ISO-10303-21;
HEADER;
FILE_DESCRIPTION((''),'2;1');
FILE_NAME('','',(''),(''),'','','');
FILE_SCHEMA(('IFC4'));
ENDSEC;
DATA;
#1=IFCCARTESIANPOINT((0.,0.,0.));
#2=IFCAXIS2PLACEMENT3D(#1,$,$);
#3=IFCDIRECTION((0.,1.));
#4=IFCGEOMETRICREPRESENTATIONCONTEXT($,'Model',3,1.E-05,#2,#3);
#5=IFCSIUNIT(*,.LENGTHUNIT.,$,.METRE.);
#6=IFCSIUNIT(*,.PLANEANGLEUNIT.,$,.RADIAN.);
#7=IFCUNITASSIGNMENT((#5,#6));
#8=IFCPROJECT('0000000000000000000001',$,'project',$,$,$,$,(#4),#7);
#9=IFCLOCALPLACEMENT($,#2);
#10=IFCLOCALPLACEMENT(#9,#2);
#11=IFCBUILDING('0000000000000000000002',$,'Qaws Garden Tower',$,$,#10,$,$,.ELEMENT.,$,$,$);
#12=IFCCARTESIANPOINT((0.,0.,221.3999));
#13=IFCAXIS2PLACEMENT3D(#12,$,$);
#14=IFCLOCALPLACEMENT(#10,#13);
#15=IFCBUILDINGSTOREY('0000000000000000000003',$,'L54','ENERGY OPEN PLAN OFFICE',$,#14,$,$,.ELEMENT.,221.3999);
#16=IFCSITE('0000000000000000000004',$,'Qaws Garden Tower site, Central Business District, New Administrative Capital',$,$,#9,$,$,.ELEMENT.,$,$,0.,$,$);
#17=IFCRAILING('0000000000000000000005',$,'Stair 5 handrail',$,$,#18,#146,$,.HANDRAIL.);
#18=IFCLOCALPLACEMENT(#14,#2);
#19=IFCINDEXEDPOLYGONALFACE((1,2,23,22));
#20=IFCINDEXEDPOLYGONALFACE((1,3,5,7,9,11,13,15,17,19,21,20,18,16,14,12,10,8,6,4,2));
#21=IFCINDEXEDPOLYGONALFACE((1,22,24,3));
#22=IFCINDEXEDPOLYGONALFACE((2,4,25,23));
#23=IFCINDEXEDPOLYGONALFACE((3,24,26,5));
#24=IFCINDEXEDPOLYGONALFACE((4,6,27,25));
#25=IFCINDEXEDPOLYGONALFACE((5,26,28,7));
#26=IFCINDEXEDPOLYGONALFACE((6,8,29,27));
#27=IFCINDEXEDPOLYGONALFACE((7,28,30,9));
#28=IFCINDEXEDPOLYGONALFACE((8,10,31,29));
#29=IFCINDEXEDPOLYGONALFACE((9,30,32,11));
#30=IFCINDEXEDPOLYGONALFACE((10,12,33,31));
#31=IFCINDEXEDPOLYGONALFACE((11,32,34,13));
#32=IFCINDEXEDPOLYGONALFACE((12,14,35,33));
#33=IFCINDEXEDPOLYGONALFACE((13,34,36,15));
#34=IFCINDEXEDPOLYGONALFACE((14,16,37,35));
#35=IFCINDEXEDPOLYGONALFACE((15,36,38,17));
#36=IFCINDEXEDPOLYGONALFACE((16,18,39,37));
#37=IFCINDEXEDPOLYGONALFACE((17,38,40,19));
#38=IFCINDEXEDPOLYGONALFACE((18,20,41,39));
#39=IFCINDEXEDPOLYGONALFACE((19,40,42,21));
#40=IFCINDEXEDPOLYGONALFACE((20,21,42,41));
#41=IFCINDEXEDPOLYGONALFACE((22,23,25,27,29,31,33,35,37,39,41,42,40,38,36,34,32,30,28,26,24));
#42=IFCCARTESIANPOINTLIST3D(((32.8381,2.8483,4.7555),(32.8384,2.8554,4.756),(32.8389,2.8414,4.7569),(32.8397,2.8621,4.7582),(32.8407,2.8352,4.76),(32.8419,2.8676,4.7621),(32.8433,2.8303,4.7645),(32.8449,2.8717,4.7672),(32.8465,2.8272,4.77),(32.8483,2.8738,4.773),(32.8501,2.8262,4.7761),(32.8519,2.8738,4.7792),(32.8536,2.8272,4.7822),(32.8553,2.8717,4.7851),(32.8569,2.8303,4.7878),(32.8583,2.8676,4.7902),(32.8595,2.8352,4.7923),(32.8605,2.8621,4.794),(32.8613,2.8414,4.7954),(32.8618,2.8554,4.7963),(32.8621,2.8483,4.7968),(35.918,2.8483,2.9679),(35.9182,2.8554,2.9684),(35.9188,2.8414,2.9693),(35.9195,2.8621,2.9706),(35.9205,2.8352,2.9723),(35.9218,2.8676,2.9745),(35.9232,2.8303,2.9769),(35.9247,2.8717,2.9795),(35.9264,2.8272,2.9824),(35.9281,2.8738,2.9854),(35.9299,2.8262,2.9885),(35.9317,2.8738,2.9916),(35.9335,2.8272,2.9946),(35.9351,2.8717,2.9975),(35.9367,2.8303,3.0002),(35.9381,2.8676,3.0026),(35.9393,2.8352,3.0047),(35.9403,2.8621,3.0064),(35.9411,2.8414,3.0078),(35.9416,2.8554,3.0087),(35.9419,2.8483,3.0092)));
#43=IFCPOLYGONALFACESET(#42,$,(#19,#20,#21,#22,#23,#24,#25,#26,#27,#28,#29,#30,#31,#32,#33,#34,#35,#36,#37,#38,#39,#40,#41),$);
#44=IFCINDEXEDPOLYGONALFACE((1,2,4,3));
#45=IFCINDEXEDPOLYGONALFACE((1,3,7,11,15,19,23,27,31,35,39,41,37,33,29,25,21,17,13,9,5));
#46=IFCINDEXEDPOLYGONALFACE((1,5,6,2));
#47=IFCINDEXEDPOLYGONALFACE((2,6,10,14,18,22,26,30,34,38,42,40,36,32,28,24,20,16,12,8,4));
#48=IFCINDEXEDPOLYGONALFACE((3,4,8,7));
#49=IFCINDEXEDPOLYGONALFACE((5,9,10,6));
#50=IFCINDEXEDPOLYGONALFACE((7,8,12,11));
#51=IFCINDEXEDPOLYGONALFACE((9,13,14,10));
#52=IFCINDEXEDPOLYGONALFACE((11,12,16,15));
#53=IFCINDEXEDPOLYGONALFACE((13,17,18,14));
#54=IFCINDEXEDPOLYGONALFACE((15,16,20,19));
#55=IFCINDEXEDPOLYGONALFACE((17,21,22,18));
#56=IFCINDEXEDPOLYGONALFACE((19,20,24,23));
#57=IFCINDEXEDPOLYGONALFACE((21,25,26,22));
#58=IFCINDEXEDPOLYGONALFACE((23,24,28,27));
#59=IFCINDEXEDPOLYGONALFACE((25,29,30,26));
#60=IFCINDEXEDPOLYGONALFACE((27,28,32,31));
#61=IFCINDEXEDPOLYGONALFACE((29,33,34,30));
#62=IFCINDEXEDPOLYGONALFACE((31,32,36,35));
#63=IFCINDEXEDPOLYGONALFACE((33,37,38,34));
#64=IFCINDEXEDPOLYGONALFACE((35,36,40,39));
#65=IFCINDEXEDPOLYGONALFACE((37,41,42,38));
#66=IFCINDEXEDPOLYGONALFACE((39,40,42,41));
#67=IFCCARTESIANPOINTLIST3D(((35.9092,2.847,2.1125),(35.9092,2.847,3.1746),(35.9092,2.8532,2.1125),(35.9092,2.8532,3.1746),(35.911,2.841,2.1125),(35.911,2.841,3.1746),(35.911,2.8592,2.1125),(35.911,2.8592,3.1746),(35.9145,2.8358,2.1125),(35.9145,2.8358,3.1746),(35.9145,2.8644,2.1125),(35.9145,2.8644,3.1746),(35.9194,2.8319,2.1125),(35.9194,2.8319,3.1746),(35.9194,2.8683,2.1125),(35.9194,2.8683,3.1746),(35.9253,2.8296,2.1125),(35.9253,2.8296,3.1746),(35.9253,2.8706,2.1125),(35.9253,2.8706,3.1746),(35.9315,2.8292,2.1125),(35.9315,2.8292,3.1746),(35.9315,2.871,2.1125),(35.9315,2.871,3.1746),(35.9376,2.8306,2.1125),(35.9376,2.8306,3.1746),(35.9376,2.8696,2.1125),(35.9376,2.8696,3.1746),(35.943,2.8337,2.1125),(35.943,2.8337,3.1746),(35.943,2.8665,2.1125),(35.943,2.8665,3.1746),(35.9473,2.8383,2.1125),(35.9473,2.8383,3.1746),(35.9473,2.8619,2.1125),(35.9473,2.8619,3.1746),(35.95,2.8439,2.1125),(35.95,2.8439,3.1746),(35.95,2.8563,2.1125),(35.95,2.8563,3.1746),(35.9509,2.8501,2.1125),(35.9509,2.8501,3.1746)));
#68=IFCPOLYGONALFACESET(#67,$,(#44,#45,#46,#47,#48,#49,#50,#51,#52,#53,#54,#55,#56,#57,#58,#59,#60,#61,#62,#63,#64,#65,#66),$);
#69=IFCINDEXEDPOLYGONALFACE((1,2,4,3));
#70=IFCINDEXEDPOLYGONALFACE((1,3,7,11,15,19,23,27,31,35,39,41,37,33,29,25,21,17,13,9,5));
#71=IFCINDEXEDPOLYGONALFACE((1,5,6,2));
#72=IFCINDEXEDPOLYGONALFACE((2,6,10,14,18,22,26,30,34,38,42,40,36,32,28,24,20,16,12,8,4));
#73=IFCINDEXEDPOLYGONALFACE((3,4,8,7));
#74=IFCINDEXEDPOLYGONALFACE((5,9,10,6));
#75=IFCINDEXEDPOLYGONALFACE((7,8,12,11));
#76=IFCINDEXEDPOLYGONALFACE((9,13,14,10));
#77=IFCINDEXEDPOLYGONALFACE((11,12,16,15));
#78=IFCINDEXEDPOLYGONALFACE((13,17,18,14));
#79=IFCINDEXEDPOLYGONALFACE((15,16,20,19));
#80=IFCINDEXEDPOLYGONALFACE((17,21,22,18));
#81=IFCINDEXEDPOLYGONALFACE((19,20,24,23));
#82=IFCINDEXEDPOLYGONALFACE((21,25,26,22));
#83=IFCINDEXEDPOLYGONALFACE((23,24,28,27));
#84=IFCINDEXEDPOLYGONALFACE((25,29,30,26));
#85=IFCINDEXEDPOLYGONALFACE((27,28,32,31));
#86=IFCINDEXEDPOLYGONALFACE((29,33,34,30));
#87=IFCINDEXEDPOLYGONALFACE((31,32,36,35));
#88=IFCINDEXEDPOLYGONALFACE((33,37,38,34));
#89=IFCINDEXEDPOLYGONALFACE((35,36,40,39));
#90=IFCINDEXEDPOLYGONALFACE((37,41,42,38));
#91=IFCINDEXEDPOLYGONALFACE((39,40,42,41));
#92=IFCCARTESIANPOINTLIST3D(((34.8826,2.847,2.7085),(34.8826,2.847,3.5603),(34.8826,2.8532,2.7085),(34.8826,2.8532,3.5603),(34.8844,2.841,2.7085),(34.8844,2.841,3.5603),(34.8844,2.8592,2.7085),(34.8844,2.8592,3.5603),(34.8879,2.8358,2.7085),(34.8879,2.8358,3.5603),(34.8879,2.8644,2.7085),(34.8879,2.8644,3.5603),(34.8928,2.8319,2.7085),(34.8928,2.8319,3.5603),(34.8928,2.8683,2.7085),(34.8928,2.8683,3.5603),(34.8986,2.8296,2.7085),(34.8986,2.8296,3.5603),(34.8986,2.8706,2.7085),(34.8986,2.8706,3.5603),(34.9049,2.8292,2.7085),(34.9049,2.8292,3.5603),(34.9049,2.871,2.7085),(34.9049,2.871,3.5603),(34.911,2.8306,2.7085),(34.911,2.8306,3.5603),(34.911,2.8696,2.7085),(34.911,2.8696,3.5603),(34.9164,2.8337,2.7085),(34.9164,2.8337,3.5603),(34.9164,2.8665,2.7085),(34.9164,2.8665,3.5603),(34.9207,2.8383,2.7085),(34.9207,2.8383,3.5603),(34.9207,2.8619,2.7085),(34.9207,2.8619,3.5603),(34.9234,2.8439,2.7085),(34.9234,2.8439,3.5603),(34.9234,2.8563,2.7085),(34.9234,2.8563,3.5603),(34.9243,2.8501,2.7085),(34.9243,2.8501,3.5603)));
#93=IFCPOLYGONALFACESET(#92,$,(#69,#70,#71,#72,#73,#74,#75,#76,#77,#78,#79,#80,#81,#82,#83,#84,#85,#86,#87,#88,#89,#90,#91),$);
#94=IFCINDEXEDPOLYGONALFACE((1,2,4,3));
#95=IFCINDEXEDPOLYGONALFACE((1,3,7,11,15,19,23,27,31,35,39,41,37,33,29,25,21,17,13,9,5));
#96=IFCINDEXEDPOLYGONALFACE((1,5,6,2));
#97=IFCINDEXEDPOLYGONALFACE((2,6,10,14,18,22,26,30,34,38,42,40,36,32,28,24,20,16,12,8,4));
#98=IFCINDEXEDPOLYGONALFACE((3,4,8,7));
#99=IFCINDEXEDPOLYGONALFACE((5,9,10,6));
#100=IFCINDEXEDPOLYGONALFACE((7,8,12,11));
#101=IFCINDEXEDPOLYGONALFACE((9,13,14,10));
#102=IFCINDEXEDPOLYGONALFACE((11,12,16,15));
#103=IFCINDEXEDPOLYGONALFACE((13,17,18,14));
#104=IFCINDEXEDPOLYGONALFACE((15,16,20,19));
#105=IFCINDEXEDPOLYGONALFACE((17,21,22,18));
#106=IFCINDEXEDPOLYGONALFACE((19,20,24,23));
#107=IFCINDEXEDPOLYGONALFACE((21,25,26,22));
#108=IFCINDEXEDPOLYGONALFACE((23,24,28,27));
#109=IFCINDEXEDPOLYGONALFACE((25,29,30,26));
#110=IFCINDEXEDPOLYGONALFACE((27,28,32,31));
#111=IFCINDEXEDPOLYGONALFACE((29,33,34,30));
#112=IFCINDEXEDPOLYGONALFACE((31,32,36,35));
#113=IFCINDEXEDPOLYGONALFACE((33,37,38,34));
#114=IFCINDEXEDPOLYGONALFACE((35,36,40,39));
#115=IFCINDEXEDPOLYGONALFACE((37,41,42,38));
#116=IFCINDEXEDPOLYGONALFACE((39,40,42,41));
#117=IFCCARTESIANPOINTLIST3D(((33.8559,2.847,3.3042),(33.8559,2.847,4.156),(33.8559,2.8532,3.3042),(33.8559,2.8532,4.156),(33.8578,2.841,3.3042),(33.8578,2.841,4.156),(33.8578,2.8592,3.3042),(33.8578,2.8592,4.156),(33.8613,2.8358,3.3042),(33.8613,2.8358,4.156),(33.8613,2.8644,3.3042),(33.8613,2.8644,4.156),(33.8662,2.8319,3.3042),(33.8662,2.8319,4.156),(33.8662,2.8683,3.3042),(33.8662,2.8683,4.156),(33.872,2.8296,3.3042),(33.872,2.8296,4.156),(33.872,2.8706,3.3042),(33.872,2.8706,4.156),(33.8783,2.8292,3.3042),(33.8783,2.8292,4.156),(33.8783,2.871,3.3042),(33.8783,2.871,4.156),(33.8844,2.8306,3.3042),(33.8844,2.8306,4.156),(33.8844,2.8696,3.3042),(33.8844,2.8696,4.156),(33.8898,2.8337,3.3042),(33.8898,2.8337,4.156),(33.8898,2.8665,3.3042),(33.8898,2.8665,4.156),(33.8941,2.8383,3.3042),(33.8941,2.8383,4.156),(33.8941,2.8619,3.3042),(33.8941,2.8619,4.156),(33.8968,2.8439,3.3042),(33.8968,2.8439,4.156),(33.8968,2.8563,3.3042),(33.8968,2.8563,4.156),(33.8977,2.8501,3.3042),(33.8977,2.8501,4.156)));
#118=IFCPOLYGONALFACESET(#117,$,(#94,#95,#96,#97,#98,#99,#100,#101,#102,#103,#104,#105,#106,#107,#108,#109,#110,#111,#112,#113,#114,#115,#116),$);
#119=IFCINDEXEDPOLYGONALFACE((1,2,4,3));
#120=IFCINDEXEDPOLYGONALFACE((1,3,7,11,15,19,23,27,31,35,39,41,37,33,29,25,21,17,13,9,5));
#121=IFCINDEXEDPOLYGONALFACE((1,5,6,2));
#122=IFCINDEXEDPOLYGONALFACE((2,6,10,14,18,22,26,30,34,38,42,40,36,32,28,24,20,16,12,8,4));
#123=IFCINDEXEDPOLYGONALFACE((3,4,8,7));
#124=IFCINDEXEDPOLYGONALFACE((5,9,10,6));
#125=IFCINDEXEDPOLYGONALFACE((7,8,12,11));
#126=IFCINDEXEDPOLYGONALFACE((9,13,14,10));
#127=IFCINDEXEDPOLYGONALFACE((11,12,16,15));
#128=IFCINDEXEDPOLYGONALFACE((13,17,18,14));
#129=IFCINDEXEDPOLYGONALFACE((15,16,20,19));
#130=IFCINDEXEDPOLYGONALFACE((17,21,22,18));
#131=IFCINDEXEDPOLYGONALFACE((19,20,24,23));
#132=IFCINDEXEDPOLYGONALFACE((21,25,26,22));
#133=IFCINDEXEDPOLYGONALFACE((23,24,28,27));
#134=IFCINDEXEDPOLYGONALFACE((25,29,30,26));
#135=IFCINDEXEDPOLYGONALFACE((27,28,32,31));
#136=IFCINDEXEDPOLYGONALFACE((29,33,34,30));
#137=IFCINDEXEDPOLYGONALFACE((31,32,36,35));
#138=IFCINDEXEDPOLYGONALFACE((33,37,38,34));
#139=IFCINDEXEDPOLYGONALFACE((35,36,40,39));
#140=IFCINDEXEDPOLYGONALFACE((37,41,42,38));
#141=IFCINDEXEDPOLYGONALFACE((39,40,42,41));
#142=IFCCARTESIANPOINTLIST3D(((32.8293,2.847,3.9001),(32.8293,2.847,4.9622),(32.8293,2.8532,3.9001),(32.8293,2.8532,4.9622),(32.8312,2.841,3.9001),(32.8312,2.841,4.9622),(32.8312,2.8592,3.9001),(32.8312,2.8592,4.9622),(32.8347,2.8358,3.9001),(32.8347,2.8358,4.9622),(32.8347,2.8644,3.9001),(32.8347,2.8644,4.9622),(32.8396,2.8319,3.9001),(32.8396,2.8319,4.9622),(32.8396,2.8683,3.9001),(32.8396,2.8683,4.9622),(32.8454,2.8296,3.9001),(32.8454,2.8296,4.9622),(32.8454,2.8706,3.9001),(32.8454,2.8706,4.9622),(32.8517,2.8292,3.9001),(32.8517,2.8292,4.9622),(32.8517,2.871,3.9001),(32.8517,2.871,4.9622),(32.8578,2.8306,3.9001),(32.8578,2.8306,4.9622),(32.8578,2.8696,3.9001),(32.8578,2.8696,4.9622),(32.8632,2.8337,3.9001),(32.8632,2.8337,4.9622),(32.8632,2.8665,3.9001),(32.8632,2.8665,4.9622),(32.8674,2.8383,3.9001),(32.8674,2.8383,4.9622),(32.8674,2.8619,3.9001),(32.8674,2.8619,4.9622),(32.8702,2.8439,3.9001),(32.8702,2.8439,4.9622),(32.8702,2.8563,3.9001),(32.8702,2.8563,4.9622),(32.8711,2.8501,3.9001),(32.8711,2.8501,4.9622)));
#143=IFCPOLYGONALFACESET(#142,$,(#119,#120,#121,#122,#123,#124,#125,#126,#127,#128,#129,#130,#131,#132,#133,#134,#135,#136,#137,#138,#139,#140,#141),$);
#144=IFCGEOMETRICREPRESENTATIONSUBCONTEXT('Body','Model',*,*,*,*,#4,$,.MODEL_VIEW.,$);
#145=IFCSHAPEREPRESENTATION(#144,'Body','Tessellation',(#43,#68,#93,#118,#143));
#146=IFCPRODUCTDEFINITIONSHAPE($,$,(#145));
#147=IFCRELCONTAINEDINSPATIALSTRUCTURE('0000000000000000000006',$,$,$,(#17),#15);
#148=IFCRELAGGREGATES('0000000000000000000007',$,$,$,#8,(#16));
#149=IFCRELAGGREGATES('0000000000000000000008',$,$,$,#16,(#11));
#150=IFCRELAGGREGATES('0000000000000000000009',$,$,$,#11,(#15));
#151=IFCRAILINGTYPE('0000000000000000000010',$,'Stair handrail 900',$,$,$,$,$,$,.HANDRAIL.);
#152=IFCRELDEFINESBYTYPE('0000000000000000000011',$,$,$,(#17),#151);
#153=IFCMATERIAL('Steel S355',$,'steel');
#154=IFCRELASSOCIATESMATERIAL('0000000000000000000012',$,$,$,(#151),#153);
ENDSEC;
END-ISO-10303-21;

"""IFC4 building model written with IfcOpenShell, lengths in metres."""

from ifc_helpers import new_model, si_unit, direction, frame, origin, origin_2d, place, context, subcontext, project, spatial, circle, extrude, material, type_object, element, save


model = new_model("IFC4")

# Units and contexts
model_context = context("Model", 3, precision=1e-05, world=origin(), true_north=direction((0.0, 1.0)))
body_context = subcontext(model_context, "Body", "Model", "MODEL_VIEW")
ifc_project = project(units=[si_unit("LENGTHUNIT", "METRE"), si_unit("PLANEANGLEUNIT", "RADIAN")], contexts=[model_context])

# Site, building, storey
site_placement = place(None, origin())
site = spatial("IfcSite", under=ifc_project, at=site_placement, Name="Qaws Garden Tower site, Central Business District, New Administrative Capital", CompositionType="ELEMENT", RefElevation=0.0)
building_placement = place(site_placement, origin())
building = spatial("IfcBuilding", under=site, at=building_placement, Name="Qaws Garden Tower", CompositionType="ELEMENT")
storey_placement = place(building_placement, frame((0.0, 0.0, 221.3999)))
storey = spatial("IfcBuildingStorey", under=building, at=storey_placement, Name="L54", Description="ENERGY OPEN PLAN OFFICE", CompositionType="ELEMENT", Elevation=221.3999)

# Railing
ifc_material_1 = material(Name="Steel S355", Category="steel")
railing_type = type_object("IfcRailingType", Name="Stair handrail 900", PredefinedType="HANDRAIL", material=ifc_material_1)
railing_1_placement = place(storey_placement, frame((35.9299, 2.8501, 2.1125)))
element("IfcRailing", 1, at=railing_1_placement, inside=storey, type_object=railing_type, Name="Stair 5 handrail", PredefinedType="HANDRAIL", context=body_context, shape_type="SweptSolid", body=[
    extrude(circle(Radius=0.0239, at=origin_2d()), frame((0.0, 0.0, 0.876), z_axis=(-0.864873, 0.0, 0.50199), x_axis=(0.0, -1.0, 0.0)), (0.0, 0.0, 1.0), 3.561),
    extrude(circle(Radius=0.021, at=origin_2d()), origin(), (0.0, 0.0, 1.0), 1.062),
    extrude(circle(Radius=0.021, at=origin_2d()), frame((-1.0266, 0.0, 0.5959)), (0.0, 0.0, 1.0), 0.8518),
    extrude(circle(Radius=0.021, at=origin_2d()), frame((-2.0532, 0.0, 1.1917)), (0.0, 0.0, 1.0), 0.8518),
    extrude(circle(Radius=0.021, at=origin_2d()), frame((-3.0798, 0.0, 1.7876)), (0.0, 0.0, 1.0), 1.062),
])

save(model, "model.ifc")
